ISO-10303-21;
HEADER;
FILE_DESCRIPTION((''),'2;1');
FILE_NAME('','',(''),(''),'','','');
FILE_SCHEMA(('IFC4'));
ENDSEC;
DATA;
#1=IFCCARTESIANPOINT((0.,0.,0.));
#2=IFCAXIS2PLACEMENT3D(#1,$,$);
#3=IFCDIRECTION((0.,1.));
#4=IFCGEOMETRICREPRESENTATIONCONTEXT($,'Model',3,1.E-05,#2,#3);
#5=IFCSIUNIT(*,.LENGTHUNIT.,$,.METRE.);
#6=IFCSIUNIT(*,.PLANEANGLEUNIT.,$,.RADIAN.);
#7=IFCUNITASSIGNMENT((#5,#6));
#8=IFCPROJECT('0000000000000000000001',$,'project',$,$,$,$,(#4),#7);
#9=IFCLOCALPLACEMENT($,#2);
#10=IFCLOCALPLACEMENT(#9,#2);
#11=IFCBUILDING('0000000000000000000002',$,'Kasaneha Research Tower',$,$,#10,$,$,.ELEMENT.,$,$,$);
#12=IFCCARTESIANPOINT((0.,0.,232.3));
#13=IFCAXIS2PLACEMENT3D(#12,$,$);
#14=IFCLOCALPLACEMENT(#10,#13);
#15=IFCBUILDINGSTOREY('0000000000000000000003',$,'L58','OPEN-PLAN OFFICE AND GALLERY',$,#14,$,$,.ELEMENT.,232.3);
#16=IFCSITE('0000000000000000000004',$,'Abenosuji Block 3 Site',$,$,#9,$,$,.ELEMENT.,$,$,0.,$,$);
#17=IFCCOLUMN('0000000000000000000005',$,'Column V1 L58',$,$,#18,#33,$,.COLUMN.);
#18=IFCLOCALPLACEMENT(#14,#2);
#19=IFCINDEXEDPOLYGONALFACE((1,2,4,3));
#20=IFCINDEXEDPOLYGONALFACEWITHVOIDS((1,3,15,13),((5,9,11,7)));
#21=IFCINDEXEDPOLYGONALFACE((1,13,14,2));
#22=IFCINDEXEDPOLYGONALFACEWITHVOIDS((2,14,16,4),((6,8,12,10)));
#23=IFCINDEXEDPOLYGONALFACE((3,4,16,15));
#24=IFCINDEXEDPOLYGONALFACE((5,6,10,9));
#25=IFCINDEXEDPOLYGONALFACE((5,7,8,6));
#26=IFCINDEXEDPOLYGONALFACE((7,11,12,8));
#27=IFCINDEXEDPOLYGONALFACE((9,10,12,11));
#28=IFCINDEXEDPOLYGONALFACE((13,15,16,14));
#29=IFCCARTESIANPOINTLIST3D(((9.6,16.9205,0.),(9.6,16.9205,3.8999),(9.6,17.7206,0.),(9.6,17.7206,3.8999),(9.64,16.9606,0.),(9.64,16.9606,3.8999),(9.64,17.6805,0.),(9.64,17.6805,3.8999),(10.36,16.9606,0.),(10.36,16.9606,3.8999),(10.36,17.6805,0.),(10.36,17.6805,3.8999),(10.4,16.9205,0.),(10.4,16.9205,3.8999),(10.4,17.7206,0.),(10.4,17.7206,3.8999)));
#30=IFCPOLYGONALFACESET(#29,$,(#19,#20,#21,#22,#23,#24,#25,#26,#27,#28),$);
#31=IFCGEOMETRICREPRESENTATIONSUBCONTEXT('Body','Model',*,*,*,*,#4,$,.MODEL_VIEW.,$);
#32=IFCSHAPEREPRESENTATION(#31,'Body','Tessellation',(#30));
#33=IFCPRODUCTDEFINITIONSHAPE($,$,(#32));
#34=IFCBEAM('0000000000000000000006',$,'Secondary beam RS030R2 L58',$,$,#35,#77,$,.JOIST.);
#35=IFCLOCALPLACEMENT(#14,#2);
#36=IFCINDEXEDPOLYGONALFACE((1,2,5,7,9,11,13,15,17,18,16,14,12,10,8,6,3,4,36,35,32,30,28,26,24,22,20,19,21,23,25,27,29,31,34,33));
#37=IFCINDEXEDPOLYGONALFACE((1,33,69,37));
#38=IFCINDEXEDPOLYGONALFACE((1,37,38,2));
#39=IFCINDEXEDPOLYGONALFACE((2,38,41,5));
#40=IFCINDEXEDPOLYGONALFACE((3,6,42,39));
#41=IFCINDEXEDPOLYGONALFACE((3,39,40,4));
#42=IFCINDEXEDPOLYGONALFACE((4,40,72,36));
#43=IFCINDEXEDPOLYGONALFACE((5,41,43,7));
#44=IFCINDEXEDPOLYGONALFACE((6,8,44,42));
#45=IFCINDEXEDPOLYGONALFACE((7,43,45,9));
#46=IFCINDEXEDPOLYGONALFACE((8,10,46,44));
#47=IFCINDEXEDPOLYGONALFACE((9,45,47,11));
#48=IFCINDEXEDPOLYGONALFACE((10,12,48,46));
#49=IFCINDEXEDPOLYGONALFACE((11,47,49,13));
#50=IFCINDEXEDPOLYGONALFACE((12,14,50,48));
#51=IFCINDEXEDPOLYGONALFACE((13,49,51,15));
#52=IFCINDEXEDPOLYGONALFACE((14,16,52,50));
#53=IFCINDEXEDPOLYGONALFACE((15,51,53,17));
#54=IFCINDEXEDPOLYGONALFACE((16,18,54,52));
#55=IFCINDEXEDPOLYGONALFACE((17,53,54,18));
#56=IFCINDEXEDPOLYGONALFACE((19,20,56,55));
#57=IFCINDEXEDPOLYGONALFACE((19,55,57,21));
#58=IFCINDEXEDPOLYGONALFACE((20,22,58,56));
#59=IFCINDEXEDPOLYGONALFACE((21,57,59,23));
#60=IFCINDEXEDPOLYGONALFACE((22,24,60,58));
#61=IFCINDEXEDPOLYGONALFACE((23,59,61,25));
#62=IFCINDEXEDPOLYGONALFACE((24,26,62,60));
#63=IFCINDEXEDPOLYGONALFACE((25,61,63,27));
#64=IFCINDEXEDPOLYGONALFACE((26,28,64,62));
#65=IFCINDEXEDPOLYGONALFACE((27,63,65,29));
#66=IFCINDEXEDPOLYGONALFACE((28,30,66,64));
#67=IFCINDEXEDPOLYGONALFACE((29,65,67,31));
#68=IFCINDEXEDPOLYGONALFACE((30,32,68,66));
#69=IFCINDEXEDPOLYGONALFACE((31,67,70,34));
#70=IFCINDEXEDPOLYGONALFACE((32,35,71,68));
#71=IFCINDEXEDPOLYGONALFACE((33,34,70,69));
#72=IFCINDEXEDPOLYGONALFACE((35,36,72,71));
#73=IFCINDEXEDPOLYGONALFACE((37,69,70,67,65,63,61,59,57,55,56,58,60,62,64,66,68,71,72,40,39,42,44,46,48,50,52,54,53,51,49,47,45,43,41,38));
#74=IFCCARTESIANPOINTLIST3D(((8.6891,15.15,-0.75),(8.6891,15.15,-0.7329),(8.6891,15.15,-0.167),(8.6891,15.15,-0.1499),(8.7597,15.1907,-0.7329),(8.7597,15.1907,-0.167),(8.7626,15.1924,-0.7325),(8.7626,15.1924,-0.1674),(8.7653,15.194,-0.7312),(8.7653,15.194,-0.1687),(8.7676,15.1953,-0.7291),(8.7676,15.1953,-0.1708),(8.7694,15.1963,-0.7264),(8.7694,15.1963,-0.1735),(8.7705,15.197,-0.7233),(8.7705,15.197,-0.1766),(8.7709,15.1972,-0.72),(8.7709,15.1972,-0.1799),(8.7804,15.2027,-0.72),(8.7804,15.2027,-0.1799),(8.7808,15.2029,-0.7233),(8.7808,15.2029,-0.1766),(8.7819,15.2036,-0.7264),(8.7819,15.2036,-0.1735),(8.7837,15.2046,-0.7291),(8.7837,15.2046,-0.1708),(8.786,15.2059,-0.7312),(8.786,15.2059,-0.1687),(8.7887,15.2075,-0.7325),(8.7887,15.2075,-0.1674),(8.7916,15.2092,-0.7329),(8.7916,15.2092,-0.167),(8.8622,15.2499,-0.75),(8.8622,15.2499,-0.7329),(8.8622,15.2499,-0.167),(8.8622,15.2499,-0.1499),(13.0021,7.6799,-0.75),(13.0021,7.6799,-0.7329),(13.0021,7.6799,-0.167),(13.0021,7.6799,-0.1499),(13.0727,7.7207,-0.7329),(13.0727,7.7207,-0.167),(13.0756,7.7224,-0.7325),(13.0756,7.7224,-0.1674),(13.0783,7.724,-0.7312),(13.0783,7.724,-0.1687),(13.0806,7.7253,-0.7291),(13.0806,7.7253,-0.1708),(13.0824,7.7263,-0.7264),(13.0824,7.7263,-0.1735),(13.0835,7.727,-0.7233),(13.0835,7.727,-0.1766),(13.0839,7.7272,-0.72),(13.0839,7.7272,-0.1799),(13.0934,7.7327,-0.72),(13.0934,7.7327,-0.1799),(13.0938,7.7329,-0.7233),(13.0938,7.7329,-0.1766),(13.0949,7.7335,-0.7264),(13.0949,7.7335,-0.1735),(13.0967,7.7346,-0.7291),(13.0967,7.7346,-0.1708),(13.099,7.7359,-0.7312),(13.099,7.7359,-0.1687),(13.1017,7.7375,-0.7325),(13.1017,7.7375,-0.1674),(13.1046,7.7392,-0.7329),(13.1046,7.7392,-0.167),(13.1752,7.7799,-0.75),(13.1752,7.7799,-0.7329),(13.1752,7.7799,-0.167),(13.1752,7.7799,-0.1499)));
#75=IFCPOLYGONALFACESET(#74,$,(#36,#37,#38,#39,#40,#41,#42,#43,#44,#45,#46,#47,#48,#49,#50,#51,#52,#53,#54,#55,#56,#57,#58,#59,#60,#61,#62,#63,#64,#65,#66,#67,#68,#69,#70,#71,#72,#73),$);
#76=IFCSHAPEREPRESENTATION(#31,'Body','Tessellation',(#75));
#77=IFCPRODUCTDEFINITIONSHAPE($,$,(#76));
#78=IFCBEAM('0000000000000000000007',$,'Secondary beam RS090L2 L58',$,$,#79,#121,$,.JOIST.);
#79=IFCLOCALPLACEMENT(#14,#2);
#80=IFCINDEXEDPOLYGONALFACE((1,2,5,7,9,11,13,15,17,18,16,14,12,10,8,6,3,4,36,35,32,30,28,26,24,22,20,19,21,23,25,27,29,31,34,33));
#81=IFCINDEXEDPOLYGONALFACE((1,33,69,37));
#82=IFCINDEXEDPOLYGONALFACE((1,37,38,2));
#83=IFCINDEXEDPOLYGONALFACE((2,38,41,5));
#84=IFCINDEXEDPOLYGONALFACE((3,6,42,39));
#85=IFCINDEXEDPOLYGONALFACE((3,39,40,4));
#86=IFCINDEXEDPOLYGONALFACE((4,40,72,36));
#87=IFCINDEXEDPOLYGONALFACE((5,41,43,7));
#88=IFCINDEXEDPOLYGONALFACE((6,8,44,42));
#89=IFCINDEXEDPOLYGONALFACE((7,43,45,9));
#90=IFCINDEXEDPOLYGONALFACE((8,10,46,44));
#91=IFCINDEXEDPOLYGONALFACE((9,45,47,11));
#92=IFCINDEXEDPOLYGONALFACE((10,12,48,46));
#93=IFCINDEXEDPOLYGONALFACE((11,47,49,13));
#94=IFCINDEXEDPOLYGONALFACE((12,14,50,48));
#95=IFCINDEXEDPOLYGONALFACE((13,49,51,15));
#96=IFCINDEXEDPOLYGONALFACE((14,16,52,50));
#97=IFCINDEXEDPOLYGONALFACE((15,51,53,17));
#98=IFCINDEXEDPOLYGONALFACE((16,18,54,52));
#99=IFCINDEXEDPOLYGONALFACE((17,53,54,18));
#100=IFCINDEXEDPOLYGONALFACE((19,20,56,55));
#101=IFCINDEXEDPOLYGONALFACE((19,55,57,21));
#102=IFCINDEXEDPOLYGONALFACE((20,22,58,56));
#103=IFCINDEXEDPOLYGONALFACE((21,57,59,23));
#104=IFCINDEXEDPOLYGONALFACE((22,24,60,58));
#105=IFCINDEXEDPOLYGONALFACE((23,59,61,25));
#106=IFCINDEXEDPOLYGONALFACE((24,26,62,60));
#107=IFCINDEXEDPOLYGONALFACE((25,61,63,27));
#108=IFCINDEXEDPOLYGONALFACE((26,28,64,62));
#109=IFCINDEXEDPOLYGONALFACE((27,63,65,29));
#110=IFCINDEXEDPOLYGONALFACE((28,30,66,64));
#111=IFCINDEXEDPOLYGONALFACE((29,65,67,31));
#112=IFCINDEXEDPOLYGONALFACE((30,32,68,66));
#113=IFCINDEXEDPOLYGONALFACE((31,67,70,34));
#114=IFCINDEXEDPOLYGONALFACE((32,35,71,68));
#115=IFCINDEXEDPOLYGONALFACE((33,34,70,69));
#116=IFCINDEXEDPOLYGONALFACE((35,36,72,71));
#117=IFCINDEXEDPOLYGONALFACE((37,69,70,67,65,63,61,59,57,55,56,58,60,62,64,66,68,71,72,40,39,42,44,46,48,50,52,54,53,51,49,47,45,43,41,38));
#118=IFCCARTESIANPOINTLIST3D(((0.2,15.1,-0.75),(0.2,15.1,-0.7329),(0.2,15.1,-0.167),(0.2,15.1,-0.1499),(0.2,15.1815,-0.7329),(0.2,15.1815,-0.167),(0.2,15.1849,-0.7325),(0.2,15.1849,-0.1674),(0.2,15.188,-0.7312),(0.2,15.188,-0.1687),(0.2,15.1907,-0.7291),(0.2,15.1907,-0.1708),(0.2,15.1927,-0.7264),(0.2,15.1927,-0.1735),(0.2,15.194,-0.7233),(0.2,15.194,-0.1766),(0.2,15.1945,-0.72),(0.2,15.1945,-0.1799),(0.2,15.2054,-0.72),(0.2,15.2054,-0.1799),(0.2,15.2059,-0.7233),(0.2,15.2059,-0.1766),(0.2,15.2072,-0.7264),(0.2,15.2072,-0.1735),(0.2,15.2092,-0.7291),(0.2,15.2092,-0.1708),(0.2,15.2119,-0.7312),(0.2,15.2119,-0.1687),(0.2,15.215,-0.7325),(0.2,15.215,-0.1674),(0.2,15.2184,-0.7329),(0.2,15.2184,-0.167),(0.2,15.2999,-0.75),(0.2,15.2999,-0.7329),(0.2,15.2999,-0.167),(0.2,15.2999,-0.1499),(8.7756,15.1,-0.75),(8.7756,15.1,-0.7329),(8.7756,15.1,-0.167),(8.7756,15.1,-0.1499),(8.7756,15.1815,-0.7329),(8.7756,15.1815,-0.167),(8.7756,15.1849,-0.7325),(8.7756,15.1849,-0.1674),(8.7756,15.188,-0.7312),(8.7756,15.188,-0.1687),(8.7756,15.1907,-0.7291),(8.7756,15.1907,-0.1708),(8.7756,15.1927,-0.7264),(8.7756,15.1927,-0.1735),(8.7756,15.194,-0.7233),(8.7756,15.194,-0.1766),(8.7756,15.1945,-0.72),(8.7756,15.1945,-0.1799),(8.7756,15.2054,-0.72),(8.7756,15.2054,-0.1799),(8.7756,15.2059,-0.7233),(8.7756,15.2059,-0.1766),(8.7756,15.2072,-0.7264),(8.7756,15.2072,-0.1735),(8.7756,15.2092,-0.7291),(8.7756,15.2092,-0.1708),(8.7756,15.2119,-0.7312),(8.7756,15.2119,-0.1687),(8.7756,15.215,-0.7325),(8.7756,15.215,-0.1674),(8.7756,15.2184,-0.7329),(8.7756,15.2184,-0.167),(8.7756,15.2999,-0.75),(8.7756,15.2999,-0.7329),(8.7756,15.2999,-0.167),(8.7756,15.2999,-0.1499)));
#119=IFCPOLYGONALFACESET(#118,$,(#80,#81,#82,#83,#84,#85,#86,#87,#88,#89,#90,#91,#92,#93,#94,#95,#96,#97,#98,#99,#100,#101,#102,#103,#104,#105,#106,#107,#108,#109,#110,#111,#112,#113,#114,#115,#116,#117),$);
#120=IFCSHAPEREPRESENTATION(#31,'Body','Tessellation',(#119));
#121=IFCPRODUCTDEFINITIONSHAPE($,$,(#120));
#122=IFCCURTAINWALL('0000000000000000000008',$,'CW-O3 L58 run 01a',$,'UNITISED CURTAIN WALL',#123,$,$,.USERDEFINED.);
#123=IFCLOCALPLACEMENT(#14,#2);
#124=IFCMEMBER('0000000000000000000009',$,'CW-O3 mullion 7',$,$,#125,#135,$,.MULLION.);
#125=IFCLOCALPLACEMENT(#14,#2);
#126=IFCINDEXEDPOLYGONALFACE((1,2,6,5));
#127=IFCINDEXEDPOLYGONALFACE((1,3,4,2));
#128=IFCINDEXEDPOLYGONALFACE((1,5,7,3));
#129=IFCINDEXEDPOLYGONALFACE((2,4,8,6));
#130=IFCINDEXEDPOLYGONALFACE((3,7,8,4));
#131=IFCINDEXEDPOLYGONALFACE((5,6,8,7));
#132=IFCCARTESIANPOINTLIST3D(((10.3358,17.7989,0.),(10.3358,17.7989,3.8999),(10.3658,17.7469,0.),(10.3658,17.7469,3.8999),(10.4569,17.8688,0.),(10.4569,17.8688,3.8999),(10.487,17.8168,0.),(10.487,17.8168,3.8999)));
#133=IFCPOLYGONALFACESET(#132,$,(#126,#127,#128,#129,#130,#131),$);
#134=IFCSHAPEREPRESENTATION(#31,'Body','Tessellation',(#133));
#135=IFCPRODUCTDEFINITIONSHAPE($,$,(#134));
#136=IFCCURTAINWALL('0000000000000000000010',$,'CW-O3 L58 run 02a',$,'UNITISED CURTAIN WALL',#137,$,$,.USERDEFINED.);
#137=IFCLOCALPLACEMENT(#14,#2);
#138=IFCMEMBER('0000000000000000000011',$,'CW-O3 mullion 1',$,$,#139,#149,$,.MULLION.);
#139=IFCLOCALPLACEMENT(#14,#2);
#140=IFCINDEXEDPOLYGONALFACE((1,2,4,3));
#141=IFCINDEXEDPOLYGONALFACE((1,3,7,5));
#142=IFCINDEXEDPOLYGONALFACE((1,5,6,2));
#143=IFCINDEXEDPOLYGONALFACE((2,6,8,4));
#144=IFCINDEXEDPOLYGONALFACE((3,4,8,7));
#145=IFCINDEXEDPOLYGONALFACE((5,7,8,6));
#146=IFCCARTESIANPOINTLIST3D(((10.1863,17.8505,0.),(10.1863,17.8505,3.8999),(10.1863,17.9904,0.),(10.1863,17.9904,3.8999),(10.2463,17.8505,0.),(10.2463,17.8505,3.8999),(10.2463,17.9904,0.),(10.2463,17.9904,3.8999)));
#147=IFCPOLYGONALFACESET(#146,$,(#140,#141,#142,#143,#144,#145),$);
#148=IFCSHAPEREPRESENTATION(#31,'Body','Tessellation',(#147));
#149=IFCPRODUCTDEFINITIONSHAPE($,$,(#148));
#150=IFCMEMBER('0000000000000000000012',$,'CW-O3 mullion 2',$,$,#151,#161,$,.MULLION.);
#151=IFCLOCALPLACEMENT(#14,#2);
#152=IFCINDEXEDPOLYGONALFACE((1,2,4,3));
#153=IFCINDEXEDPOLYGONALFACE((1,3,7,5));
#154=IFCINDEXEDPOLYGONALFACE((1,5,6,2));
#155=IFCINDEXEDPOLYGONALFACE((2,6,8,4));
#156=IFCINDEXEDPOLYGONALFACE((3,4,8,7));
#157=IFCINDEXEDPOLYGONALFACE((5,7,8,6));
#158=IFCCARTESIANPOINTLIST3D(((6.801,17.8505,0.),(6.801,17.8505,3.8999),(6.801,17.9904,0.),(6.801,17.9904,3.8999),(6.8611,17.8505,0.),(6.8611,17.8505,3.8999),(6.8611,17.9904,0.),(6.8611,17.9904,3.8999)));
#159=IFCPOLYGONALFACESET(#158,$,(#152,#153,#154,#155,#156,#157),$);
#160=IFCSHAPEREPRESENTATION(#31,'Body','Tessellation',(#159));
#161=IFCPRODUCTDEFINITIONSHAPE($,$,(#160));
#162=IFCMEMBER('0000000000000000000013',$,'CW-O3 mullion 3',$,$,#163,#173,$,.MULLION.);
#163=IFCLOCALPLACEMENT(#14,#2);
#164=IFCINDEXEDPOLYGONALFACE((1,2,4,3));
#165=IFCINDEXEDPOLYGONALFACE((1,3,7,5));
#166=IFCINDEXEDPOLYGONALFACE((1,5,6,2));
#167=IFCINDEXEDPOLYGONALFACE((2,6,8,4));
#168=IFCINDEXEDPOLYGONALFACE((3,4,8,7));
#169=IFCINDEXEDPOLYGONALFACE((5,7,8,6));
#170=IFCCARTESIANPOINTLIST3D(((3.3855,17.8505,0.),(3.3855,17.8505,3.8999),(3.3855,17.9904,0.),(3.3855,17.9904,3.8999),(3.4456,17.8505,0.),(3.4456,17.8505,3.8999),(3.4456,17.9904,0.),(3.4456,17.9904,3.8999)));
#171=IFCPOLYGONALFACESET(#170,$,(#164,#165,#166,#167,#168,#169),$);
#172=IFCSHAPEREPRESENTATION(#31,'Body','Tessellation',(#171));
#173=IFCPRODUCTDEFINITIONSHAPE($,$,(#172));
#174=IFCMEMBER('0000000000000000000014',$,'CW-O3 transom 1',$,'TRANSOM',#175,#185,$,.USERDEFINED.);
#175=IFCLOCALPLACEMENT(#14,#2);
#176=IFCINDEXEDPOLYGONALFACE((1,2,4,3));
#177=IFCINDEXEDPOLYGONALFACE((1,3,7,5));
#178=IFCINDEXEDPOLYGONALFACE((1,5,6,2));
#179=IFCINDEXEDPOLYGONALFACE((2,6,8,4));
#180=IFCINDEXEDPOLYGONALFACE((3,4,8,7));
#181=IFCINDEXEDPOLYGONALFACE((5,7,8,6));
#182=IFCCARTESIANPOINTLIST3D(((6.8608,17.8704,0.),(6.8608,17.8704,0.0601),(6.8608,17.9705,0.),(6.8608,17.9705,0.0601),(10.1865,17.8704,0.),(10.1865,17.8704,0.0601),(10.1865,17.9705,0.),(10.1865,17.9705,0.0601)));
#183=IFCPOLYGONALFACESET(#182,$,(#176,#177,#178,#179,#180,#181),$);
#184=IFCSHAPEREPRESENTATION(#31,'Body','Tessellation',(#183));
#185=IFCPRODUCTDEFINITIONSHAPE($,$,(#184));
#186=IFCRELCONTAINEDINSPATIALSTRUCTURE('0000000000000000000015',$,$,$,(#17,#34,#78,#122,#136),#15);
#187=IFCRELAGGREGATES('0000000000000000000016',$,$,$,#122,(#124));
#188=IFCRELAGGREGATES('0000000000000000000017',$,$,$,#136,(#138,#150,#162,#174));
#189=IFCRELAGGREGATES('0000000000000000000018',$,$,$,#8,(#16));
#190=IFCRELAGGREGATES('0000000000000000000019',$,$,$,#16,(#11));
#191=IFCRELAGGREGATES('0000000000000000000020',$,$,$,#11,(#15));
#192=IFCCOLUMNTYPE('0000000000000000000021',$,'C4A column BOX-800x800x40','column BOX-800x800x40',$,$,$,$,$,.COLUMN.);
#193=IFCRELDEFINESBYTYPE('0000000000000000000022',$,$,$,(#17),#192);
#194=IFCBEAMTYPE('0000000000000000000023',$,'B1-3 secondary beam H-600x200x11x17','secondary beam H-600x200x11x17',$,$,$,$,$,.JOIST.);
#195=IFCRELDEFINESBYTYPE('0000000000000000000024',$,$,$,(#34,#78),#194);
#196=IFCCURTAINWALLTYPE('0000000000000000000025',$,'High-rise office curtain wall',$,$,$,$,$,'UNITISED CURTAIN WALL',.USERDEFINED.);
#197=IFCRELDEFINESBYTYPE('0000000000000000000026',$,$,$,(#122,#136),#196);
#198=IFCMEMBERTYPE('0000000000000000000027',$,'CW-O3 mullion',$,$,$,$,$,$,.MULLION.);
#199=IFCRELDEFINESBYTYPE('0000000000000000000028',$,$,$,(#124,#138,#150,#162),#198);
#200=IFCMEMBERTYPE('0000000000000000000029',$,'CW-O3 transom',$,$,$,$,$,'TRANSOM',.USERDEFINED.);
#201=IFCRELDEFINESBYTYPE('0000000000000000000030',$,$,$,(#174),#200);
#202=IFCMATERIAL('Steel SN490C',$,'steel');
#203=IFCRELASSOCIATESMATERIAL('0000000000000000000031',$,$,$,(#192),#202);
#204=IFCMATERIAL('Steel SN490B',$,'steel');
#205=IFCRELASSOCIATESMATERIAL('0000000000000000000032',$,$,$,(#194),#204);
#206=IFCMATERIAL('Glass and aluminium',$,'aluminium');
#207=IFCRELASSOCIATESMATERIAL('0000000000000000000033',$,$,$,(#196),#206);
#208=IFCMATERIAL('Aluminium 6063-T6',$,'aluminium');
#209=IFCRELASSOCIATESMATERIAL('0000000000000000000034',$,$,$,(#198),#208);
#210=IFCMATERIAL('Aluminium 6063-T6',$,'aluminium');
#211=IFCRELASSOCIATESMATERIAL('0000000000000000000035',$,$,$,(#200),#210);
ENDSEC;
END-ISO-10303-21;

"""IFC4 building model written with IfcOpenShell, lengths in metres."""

from ifc_helpers import new_model, si_unit, direction, frame, origin, origin_2d, place, context, subcontext, project, spatial, rectangle, hollow_rectangle, i_section, extrude, material, material_profile, profile_set, type_object, element, aggregate, save


model = new_model("IFC4")

# Units and contexts
model_context = context("Model", 3, precision=1e-05, world=origin(), true_north=direction((0.0, 1.0)))
body_context = subcontext(model_context, "Body", "Model", "MODEL_VIEW")
ifc_project = project(units=[si_unit("LENGTHUNIT", "METRE"), si_unit("PLANEANGLEUNIT", "RADIAN")], contexts=[model_context])

# Site, building, storey
site_placement = place(None, origin())
site = spatial("IfcSite", under=ifc_project, at=site_placement, Name="Abenosuji Block 3 Site", CompositionType="ELEMENT", RefElevation=0.0)
building_placement = place(site_placement, origin())
building = spatial("IfcBuilding", under=site, at=building_placement, Name="Kasaneha Research Tower", CompositionType="ELEMENT")
storey_placement = place(building_placement, frame((0.0, 0.0, 232.3)))
storey = spatial("IfcBuildingStorey", under=building, at=storey_placement, Name="L58", Description="OPEN-PLAN OFFICE AND GALLERY", CompositionType="ELEMENT", Elevation=232.3)

# Column
ifc_material_1 = material(Name="Steel SN490C", Category="steel")
ifc_material_profile_1 = material_profile(ifc_material_1, hollow_rectangle(XDim=0.8, YDim=0.8, WallThickness=0.04, at=origin_2d()), Name="BOX-800x800x40")
ifc_profile_set_1 = profile_set([ifc_material_profile_1], Name="Steel SN490C")
column_type = type_object("IfcColumnType", Name="C4A column BOX-800x800x40", Description="column BOX-800x800x40", PredefinedType="COLUMN", material=ifc_profile_set_1)
column_placement = place(storey_placement, frame((10.0, 17.3206, 0.0), z_axis=(0.0, 0.0, 1.0), x_axis=(1.0, 0.0, 0.0)))
element("IfcColumn", 1, at=column_placement, inside=storey, type_object=column_type, Name="Column V1 L58", PredefinedType="COLUMN", context=body_context, shape_type="SweptSolid", body=[
    extrude(hollow_rectangle(XDim=0.8, YDim=0.8, WallThickness=0.04, at=origin_2d()), origin(), (0.0, 0.0, 1.0), 3.8999),
])

# Beams
ifc_material_2 = material(Name="Steel SN490B", Category="steel")
ifc_material_profile_2 = material_profile(ifc_material_2, i_section(OverallWidth=0.2, OverallDepth=0.6001, WebThickness=0.011, FlangeThickness=0.0171, FilletRadius=0.0129, at=origin_2d()), Name="H-600x200x11x17")
ifc_profile_set_2 = profile_set([ifc_material_profile_2], Name="Steel SN490B")
beam_type_1 = type_object("IfcBeamType", Name="B1-3 secondary beam H-600x200x11x17", Description="secondary beam H-600x200x11x17", PredefinedType="JOIST", material=ifc_profile_set_2)
beam_1_placement = place(storey_placement, frame((8.7756, 15.2, -0.45), z_axis=(0.500017, -0.866015, 0.0), x_axis=(0.866015, 0.500017, 0.0)))
element("IfcBeam", 2, at=beam_1_placement, inside=storey, type_object=beam_type_1, Name="Secondary beam RS030R2 L58", PredefinedType="JOIST", context=body_context, shape_type="SweptSolid", body=[
    extrude(i_section(OverallWidth=0.2, OverallDepth=0.6001, WebThickness=0.011, FlangeThickness=0.0171, FilletRadius=0.0129, at=origin_2d()), origin(), (0.0, 0.0, 1.0), 8.6257),
])
beam_2_placement = place(storey_placement, frame((8.7756, 15.2, -0.45), z_axis=(-1.0, 0.0, 0.0), x_axis=(0.0, -1.0, 0.0)))
element("IfcBeam", 3, at=beam_2_placement, inside=storey, type_object=beam_type_1, Name="Secondary beam RS090L2 L58", PredefinedType="JOIST", context=body_context, shape_type="SweptSolid", body=[
    extrude(i_section(OverallWidth=0.2, OverallDepth=0.6001, WebThickness=0.011, FlangeThickness=0.0171, FilletRadius=0.0129, at=origin_2d()), origin(), (0.0, 0.0, 1.0), 8.5757),
])

# Curtain wall, member
ifc_material_3 = material(Name="Glass and aluminium", Category="aluminium")
curtain_wall_type = type_object("IfcCurtainWallType", Name="High-rise office curtain wall", ElementType="UNITISED CURTAIN WALL", PredefinedType="USERDEFINED", material=ifc_material_3)
curtain_wall_1_placement = place(storey_placement, origin())
curtain_wall_1 = element("IfcCurtainWall", 4, at=curtain_wall_1_placement, inside=storey, type_object=curtain_wall_type, Name="CW-O3 L58 run 01a", ObjectType="UNITISED CURTAIN WALL", PredefinedType="USERDEFINED")
ifc_material_4 = material(Name="Aluminium 6063-T6", Category="aluminium")
ifc_material_profile_3 = material_profile(ifc_material_4, rectangle(XDim=0.0601, YDim=0.1399, at=origin_2d()), Name="CW-O3 mullion 60x140")
ifc_profile_set_3 = profile_set([ifc_material_profile_3], Name="Aluminium 6063-T6")
member_type_1 = type_object("IfcMemberType", Name="CW-O3 mullion", PredefinedType="MULLION", material=ifc_profile_set_3)
member_1_placement = place(storey_placement, frame((10.4114, 17.8079, 0.0), z_axis=(0.0, 0.0, 1.0), x_axis=(-0.5, 0.866025, 0.0)))
member_1 = element("IfcMember", 5, at=member_1_placement, type_object=member_type_1, Name="CW-O3 mullion 7", PredefinedType="MULLION", context=body_context, shape_type="SweptSolid", body=[
    extrude(rectangle(XDim=0.0601, YDim=0.1399, at=origin_2d()), origin(), (0.0, 0.0, 1.0), 3.8999),
])

# Curtain wall, members
curtain_wall_2_placement = place(storey_placement, origin())
curtain_wall_2 = element("IfcCurtainWall", 6, at=curtain_wall_2_placement, inside=storey, type_object=curtain_wall_type, Name="CW-O3 L58 run 02a", ObjectType="UNITISED CURTAIN WALL", PredefinedType="USERDEFINED")
member_2_placement = place(storey_placement, frame((10.2163, 17.9204, 0.0), z_axis=(0.0, 0.0, 1.0), x_axis=(-1.0, 0.0, 0.0)))
member_2 = element("IfcMember", 7, at=member_2_placement, type_object=member_type_1, Name="CW-O3 mullion 1", PredefinedType="MULLION", context=body_context, shape_type="SweptSolid", body=[
    extrude(rectangle(XDim=0.0601, YDim=0.1399, at=origin_2d()), origin(), (0.0, 0.0, 1.0), 3.8999),
])
member_3_placement = place(storey_placement, frame((6.8311, 17.9204, 0.0), z_axis=(0.0, 0.0, 1.0), x_axis=(-1.0, 0.0, 0.0)))
member_3 = element("IfcMember", 8, at=member_3_placement, type_object=member_type_1, Name="CW-O3 mullion 2", PredefinedType="MULLION", context=body_context, shape_type="SweptSolid", body=[
    extrude(rectangle(XDim=0.0601, YDim=0.1399, at=origin_2d()), origin(), (0.0, 0.0, 1.0), 3.8999),
])
member_4_placement = place(storey_placement, frame((3.4155, 17.9204, 0.0), z_axis=(0.0, 0.0, 1.0), x_axis=(-1.0, 0.0, 0.0)))
member_4 = element("IfcMember", 9, at=member_4_placement, type_object=member_type_1, Name="CW-O3 mullion 3", PredefinedType="MULLION", context=body_context, shape_type="SweptSolid", body=[
    extrude(rectangle(XDim=0.0601, YDim=0.1399, at=origin_2d()), origin(), (0.0, 0.0, 1.0), 3.8999),
])
ifc_material_5 = material(Name="Aluminium 6063-T6", Category="aluminium")
ifc_material_profile_4 = material_profile(ifc_material_5, rectangle(XDim=0.1001, YDim=0.0601, at=origin_2d()), Name="CW-O3 transom 100x60")
ifc_profile_set_4 = profile_set([ifc_material_profile_4], Name="Aluminium 6063-T6")
member_type_2 = type_object("IfcMemberType", Name="CW-O3 transom", ElementType="TRANSOM", PredefinedType="USERDEFINED", material=ifc_profile_set_4)
member_5_placement = place(storey_placement, frame((10.1865, 17.9204, 0.03), z_axis=(-1.0, 0.0, 0.0), x_axis=(0.0, -1.0, 0.0)))
member_5 = element("IfcMember", 10, at=member_5_placement, type_object=member_type_2, Name="CW-O3 transom 1", ObjectType="TRANSOM", PredefinedType="USERDEFINED", context=body_context, shape_type="SweptSolid", body=[
    extrude(rectangle(XDim=0.1001, YDim=0.0601, at=origin_2d()), origin(), (0.0, 0.0, 1.0), 3.3257),
])

aggregate(curtain_wall_1, [member_1])
aggregate(curtain_wall_2, [member_2, member_3, member_4, member_5])

save(model, "model.ifc")
